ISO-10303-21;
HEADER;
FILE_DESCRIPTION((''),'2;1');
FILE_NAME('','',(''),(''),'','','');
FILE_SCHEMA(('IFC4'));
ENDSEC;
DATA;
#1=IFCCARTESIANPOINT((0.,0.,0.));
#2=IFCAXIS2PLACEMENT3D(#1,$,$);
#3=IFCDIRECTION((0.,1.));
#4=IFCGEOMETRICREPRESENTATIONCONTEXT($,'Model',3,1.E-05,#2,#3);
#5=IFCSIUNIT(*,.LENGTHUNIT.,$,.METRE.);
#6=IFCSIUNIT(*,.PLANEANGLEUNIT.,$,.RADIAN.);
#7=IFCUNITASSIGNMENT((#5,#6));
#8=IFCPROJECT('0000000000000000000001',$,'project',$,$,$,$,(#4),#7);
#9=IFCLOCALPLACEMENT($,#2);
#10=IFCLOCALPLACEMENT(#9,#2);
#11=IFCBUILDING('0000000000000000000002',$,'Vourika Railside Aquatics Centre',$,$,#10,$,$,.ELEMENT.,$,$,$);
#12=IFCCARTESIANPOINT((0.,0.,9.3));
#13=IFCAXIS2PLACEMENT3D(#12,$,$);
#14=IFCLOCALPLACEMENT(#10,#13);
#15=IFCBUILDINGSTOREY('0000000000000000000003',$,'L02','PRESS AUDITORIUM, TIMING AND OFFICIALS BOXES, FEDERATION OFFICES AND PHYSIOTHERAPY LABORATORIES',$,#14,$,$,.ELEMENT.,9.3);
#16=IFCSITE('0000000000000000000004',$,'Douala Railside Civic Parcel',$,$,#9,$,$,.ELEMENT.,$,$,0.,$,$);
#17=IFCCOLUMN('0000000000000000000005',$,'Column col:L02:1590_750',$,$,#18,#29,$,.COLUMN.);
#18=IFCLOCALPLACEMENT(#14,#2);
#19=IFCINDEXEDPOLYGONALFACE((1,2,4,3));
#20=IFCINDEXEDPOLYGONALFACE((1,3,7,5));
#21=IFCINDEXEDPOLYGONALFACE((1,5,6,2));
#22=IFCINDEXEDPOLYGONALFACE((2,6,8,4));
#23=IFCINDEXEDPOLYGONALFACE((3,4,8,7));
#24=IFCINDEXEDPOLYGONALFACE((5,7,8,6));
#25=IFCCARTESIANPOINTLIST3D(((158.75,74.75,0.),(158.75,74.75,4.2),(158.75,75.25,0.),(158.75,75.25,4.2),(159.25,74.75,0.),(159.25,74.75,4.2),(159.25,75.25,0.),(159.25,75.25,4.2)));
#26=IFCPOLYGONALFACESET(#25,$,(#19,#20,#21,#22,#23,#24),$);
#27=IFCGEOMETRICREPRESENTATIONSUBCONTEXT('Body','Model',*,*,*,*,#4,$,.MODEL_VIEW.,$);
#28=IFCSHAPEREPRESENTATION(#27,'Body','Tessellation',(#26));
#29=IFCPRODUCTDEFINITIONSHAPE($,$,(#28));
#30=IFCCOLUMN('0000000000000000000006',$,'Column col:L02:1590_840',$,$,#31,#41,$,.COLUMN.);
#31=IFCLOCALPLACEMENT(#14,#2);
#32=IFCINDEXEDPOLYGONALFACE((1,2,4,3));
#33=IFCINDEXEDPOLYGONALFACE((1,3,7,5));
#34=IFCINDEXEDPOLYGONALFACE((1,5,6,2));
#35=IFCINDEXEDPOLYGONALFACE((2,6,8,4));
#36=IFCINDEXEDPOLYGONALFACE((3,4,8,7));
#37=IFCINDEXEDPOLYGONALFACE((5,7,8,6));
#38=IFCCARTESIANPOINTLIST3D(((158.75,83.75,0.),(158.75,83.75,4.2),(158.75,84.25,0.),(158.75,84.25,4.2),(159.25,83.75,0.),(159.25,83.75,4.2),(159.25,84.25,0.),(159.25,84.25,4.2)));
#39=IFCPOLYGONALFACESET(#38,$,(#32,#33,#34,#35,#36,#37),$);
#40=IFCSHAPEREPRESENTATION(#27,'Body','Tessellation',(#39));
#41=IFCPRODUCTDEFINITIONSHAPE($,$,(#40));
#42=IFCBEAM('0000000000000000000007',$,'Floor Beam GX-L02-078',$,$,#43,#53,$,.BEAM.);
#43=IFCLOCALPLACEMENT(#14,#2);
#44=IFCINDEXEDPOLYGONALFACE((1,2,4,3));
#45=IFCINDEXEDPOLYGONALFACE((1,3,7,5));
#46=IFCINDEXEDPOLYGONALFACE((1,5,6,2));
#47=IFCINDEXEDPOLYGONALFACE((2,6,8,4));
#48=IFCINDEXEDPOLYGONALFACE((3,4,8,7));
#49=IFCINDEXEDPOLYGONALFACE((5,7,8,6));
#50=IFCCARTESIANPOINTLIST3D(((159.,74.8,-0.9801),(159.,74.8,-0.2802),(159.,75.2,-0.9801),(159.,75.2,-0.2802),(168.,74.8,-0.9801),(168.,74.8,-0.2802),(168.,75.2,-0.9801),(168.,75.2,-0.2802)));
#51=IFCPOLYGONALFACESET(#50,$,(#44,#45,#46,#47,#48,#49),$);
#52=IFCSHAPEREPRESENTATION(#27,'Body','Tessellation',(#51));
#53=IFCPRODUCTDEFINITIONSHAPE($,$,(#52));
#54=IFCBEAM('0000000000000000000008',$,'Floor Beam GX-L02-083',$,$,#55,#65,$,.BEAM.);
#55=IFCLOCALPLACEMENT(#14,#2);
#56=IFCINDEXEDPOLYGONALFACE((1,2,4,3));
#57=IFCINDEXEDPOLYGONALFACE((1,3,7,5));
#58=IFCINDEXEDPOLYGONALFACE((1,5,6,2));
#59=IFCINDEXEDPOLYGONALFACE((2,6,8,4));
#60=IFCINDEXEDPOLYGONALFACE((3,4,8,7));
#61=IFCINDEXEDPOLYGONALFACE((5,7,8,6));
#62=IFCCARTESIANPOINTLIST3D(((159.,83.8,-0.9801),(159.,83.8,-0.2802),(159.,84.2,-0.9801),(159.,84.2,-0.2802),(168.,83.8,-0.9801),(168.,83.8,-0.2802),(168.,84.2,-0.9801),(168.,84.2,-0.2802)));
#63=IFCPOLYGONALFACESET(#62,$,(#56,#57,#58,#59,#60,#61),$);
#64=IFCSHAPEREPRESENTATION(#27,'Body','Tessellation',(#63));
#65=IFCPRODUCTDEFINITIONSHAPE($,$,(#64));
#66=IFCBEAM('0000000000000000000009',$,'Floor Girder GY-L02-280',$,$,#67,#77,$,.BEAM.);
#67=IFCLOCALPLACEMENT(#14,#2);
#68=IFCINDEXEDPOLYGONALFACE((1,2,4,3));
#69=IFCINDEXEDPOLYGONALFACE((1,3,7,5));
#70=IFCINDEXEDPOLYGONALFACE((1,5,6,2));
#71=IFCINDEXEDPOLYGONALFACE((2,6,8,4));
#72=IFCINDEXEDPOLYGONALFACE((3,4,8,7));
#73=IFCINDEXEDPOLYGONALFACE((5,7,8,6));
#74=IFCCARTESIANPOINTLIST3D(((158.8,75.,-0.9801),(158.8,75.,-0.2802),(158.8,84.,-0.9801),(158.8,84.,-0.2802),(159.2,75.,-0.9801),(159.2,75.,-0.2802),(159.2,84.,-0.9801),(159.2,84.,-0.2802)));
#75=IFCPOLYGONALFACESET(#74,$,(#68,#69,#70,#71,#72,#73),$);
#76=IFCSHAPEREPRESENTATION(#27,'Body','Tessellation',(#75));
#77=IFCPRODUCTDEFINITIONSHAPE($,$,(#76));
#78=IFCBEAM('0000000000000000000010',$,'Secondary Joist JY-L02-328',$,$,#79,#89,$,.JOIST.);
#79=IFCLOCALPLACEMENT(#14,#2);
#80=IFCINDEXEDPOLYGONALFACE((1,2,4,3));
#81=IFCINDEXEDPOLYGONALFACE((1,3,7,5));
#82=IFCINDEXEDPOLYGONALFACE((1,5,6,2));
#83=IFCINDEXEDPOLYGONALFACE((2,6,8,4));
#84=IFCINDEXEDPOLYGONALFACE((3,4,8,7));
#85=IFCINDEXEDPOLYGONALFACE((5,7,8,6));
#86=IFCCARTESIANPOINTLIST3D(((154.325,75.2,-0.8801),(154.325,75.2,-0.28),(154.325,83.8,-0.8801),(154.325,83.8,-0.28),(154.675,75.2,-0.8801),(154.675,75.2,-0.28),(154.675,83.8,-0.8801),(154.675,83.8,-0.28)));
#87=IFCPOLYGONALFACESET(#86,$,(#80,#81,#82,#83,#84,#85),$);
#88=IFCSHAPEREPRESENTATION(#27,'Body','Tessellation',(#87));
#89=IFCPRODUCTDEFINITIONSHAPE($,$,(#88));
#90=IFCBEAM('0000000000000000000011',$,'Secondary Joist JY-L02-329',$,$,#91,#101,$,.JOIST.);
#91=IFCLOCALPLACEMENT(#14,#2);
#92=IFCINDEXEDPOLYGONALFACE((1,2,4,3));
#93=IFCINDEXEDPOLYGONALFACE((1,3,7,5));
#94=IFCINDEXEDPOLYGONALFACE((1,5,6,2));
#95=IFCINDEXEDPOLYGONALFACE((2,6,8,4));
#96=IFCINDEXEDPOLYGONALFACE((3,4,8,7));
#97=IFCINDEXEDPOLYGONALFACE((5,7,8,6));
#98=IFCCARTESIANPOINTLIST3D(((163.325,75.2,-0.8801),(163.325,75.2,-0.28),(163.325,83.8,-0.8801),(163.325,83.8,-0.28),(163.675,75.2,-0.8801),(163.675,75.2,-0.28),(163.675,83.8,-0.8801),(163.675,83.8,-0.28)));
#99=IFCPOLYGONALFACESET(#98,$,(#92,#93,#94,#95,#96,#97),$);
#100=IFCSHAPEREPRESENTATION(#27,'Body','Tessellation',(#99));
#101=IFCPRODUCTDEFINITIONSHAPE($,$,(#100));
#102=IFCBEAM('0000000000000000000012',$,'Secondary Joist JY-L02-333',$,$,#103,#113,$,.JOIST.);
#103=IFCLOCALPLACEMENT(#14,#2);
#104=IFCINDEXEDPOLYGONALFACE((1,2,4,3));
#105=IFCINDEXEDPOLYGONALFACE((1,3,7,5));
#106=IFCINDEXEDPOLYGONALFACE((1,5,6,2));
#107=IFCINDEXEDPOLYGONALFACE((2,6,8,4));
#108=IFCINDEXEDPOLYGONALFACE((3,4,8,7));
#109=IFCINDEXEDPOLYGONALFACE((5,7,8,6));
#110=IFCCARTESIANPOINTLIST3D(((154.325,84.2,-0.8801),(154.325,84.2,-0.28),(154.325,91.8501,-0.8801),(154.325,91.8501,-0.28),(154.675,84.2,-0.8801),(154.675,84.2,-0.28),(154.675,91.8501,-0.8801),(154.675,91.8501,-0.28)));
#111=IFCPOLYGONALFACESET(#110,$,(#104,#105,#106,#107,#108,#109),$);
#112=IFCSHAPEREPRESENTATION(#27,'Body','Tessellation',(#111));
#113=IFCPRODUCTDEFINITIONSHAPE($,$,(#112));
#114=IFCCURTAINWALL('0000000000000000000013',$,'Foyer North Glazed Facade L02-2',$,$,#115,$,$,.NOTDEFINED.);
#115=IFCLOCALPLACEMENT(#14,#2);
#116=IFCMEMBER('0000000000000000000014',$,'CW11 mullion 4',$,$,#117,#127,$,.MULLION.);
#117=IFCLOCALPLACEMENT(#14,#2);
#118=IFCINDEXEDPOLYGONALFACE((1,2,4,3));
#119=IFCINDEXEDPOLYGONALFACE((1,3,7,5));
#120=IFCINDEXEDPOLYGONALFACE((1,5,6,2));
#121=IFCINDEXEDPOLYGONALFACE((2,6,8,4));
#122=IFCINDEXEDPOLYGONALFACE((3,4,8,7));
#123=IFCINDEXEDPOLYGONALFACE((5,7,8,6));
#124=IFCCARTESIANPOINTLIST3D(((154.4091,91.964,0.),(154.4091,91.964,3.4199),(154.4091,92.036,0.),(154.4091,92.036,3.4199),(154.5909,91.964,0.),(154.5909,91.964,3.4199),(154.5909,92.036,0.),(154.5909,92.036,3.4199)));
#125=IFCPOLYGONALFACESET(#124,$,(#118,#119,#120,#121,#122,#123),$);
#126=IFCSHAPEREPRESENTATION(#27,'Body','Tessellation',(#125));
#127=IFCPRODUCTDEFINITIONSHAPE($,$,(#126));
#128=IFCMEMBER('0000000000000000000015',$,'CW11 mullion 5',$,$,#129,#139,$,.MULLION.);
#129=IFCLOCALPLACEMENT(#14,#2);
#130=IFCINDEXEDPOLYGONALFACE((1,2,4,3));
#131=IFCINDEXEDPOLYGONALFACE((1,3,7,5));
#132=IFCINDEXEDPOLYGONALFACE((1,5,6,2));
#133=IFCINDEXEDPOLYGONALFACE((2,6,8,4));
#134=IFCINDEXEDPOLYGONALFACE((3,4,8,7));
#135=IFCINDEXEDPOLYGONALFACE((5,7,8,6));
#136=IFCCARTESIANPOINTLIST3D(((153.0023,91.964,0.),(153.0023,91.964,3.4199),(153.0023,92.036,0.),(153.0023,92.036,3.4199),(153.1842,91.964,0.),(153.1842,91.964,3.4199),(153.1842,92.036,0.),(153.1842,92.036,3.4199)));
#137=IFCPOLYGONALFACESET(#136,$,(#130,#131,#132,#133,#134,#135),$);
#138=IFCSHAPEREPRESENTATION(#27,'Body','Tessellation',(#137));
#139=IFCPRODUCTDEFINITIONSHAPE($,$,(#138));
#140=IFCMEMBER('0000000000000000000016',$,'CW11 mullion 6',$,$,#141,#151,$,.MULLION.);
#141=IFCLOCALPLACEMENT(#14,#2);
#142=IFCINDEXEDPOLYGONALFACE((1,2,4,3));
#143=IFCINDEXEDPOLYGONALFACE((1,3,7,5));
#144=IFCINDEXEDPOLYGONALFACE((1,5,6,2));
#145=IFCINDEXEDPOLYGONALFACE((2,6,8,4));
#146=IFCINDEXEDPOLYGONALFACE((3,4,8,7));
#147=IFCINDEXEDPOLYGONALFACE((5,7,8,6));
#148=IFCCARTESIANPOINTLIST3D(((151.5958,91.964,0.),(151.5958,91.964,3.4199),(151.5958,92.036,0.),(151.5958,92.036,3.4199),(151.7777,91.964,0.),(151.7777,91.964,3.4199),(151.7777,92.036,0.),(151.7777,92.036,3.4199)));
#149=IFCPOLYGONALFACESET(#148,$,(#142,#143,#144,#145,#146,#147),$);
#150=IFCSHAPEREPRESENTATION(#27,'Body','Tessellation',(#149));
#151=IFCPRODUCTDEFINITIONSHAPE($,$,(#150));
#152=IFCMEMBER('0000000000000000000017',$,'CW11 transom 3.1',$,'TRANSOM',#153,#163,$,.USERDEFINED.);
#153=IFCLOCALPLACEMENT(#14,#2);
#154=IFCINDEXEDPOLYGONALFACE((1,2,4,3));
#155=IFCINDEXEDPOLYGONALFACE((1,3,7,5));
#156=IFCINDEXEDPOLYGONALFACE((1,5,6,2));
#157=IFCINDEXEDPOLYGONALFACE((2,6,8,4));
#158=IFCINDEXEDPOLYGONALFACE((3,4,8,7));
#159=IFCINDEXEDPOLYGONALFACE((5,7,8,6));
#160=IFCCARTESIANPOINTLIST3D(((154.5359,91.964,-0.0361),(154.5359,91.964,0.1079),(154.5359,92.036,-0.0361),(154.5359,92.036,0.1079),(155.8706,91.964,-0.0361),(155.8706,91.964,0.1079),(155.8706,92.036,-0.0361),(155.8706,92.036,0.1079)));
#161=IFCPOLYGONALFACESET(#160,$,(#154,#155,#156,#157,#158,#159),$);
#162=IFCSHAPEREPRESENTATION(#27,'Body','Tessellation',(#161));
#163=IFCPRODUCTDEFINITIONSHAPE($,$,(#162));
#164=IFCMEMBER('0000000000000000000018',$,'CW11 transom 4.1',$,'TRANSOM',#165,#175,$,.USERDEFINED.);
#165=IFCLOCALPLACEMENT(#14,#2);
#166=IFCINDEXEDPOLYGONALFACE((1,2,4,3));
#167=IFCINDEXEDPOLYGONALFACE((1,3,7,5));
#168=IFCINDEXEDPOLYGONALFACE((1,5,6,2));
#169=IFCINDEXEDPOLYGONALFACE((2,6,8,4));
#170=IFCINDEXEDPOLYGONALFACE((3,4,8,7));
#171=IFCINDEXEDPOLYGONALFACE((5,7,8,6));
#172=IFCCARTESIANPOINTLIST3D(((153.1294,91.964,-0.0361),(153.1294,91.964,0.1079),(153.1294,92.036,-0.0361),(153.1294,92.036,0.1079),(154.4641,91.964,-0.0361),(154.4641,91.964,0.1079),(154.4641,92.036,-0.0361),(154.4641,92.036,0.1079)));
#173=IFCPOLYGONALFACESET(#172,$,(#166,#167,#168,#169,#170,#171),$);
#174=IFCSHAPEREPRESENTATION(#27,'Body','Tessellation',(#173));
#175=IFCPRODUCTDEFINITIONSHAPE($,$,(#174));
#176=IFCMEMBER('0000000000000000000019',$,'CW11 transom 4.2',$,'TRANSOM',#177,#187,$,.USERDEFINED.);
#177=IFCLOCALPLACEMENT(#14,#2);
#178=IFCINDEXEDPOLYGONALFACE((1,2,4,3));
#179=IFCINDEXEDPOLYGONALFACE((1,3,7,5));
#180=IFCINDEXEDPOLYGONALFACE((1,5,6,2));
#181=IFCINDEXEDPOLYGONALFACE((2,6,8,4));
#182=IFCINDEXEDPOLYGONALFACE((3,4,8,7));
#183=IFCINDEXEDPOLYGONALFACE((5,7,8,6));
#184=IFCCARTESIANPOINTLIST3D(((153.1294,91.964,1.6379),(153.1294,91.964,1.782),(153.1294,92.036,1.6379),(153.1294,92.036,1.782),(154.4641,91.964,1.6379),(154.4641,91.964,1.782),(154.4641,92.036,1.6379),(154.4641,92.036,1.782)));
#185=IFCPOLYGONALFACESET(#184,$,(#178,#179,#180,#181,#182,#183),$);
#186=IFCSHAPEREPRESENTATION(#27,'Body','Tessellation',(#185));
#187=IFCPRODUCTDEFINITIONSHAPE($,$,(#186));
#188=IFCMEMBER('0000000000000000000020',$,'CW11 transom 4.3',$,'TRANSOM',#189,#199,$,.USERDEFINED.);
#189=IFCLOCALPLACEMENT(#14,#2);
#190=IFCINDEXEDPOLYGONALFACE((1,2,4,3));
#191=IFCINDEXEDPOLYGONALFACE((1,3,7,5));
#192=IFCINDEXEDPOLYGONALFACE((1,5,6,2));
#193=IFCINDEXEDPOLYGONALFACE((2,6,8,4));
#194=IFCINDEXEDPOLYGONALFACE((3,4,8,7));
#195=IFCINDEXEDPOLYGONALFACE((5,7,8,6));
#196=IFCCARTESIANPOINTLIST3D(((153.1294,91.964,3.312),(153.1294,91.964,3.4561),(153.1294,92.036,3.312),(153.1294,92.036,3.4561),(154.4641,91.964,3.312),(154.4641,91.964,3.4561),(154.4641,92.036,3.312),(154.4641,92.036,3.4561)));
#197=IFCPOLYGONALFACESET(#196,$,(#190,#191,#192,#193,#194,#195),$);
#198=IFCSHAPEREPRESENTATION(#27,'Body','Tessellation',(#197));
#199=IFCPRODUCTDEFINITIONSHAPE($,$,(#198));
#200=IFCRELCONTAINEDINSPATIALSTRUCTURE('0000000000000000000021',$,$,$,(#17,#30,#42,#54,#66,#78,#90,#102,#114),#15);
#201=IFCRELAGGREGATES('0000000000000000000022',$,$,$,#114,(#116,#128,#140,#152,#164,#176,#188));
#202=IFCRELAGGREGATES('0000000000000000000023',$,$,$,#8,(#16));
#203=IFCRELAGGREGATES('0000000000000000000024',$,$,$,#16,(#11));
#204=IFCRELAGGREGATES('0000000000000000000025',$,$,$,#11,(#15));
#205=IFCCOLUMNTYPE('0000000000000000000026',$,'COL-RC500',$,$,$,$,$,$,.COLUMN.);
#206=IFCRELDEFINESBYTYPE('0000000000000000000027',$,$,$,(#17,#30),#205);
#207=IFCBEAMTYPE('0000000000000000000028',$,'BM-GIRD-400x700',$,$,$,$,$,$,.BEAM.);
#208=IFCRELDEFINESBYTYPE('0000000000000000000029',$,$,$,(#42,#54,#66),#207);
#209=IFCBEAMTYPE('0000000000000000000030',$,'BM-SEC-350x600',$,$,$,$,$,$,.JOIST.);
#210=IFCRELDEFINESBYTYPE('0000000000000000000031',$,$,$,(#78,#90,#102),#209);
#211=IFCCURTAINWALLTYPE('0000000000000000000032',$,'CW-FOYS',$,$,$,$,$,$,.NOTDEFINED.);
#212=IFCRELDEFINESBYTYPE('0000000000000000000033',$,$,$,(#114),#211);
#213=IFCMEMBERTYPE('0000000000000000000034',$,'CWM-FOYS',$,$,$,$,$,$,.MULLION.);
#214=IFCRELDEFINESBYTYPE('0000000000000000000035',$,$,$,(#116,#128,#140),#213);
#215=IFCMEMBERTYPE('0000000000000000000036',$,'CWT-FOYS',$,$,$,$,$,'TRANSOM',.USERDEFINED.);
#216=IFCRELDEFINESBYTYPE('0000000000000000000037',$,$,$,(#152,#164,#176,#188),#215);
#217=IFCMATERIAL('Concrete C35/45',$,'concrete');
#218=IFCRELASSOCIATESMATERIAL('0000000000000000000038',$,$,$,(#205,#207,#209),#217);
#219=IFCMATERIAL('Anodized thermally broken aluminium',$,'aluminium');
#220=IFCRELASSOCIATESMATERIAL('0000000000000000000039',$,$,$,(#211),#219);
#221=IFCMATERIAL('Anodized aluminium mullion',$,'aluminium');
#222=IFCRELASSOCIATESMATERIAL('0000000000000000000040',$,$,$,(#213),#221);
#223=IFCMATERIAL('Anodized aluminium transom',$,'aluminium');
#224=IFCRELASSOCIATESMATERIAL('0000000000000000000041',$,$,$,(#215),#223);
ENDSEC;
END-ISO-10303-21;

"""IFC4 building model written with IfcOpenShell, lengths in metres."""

from ifc_helpers import new_model, si_unit, direction, frame, origin, origin_2d, place, context, subcontext, project, spatial, rectangle, extrude, material, material_profile, profile_set, type_object, element, aggregate, save


model = new_model("IFC4")

# Units and contexts
model_context = context("Model", 3, precision=1e-05, world=origin(), true_north=direction((0.0, 1.0)))
body_context = subcontext(model_context, "Body", "Model", "MODEL_VIEW")
ifc_project = project(units=[si_unit("LENGTHUNIT", "METRE"), si_unit("PLANEANGLEUNIT", "RADIAN")], contexts=[model_context])

# Site, building, storey
site_placement = place(None, origin())
site = spatial("IfcSite", under=ifc_project, at=site_placement, Name="Douala Railside Civic Parcel", CompositionType="ELEMENT", RefElevation=0.0)
building_placement = place(site_placement, origin())
building = spatial("IfcBuilding", under=site, at=building_placement, Name="Vourika Railside Aquatics Centre", CompositionType="ELEMENT")
storey_placement = place(building_placement, frame((0.0, 0.0, 9.3)))
storey = spatial("IfcBuildingStorey", under=building, at=storey_placement, Name="L02", Description="PRESS AUDITORIUM, TIMING AND OFFICIALS BOXES, FEDERATION OFFICES AND PHYSIOTHERAPY LABORATORIES", CompositionType="ELEMENT", Elevation=9.3)

# Columns
ifc_material_1 = material(Name="Concrete C35/45", Category="concrete")
ifc_material_profile_1 = material_profile(ifc_material_1, rectangle(XDim=0.5, YDim=0.5, at=origin_2d()), Name="RC 500x500")
ifc_profile_set_1 = profile_set([ifc_material_profile_1], Name="Concrete C35/45")
column_type = type_object("IfcColumnType", Name="COL-RC500", PredefinedType="COLUMN", material=ifc_profile_set_1)
for number, where, z_axis, x_axis, name in (
    (1, (159.0, 75.0, 0.0), (0.0, 0.0, 1.0), (1.0, 0.0, 0.0), "Column col:L02:1590_750"),
    (2, (159.0, 84.0, 0.0), (0.0, 0.0, 1.0), (1.0, 0.0, 0.0), "Column col:L02:1590_840"),
):
    element("IfcColumn", number, at=place(storey_placement, frame(where, z_axis=z_axis, x_axis=x_axis)), inside=storey, type_object=column_type, Name=name, PredefinedType="COLUMN", context=body_context, shape_type="SweptSolid", body=[
        extrude(rectangle(XDim=0.5, YDim=0.5, at=origin_2d()), origin(), (0.0, 0.0, 1.0), 4.2),
    ])

# Beams
ifc_material_profile_2 = material_profile(ifc_material_1, rectangle(XDim=0.3999, YDim=0.7, at=origin_2d()), Name="RC 400x700")
ifc_profile_set_2 = profile_set([ifc_material_profile_2], Name="Concrete C35/45")
beam_type_1 = type_object("IfcBeamType", Name="BM-GIRD-400x700", PredefinedType="BEAM", material=ifc_profile_set_2)
for number, where, z_axis, x_axis, name in (
    (3, (159.0, 75.0, -0.6301), (1.0, 0.0, 0.0), (0.0, 1.0, 0.0), "Floor Beam GX-L02-078"),
    (4, (159.0, 84.0, -0.6301), (1.0, 0.0, 0.0), (0.0, 1.0, 0.0), "Floor Beam GX-L02-083"),
    (5, (159.0, 75.0, -0.6301), (0.0, 1.0, 0.0), (-1.0, 0.0, 0.0), "Floor Girder GY-L02-280"),
):
    element("IfcBeam", number, at=place(storey_placement, frame(where, z_axis=z_axis, x_axis=x_axis)), inside=storey, type_object=beam_type_1, Name=name, PredefinedType="BEAM", context=body_context, shape_type="SweptSolid", body=[
        extrude(rectangle(XDim=0.3999, YDim=0.7, at=origin_2d()), origin(), (0.0, 0.0, 1.0), 9.0),
    ])
ifc_material_profile_3 = material_profile(ifc_material_1, rectangle(XDim=0.3501, YDim=0.6001, at=origin_2d()), Name="RC 350x600")
ifc_profile_set_3 = profile_set([ifc_material_profile_3], Name="Concrete C35/45")
beam_type_2 = type_object("IfcBeamType", Name="BM-SEC-350x600", PredefinedType="JOIST", material=ifc_profile_set_3)
for number, where, z_axis, x_axis, name in (
    (6, (154.5, 75.2, -0.5801), (0.0, 1.0, 0.0), (-1.0, 0.0, 0.0), "Secondary Joist JY-L02-328"),
    (7, (163.5, 75.2, -0.5801), (0.0, 1.0, 0.0), (-1.0, 0.0, 0.0), "Secondary Joist JY-L02-329"),
):
    element("IfcBeam", number, at=place(storey_placement, frame(where, z_axis=z_axis, x_axis=x_axis)), inside=storey, type_object=beam_type_2, Name=name, PredefinedType="JOIST", context=body_context, shape_type="SweptSolid", body=[
        extrude(rectangle(XDim=0.3501, YDim=0.6001, at=origin_2d()), origin(), (0.0, 0.0, 1.0), 8.6001),
    ])
beam_placement = place(storey_placement, frame((154.5, 84.2, -0.5801), z_axis=(0.0, 1.0, 0.0), x_axis=(-1.0, 0.0, 0.0)))
element("IfcBeam", 8, at=beam_placement, inside=storey, type_object=beam_type_2, Name="Secondary Joist JY-L02-333", PredefinedType="JOIST", context=body_context, shape_type="SweptSolid", body=[
    extrude(rectangle(XDim=0.3501, YDim=0.6001, at=origin_2d()), origin(), (0.0, 0.0, 1.0), 7.6501),
])

# Curtain wall, members
ifc_material_2 = material(Name="Anodized thermally broken aluminium", Category="aluminium")
curtain_wall_type = type_object("IfcCurtainWallType", Name="CW-FOYS", PredefinedType="NOTDEFINED", material=ifc_material_2)
curtain_wall_placement = place(storey_placement, origin())
curtain_wall = element("IfcCurtainWall", 9, at=curtain_wall_placement, inside=storey, type_object=curtain_wall_type, Name="Foyer North Glazed Facade L02-2", PredefinedType="NOTDEFINED")
ifc_material_3 = material(Name="Anodized aluminium mullion", Category="aluminium")
ifc_material_profile_4 = material_profile(ifc_material_3, rectangle(XDim=0.072, YDim=0.1819, at=origin_2d()), Name="ALU-M 72x182")
ifc_profile_set_4 = profile_set([ifc_material_profile_4], Name="Anodized aluminium mullion")
member_type_1 = type_object("IfcMemberType", Name="CWM-FOYS", PredefinedType="MULLION", material=ifc_profile_set_4)
member_1_placement = place(storey_placement, frame((154.5, 92.0, 0.0), z_axis=(0.0, 0.0, 1.0), x_axis=(0.0, -1.0, 0.0)))
member_1 = element("IfcMember", 10, at=member_1_placement, type_object=member_type_1, Name="CW11 mullion 4", PredefinedType="MULLION", context=body_context, shape_type="SweptSolid", body=[
    extrude(rectangle(XDim=0.072, YDim=0.1819, at=origin_2d()), origin(), (0.0, 0.0, 1.0), 3.4199),
])
member_2_placement = place(storey_placement, frame((153.0933, 92.0, 0.0), z_axis=(0.0, 0.0, 1.0), x_axis=(0.0, -1.0, 0.0)))
member_2 = element("IfcMember", 11, at=member_2_placement, type_object=member_type_1, Name="CW11 mullion 5", PredefinedType="MULLION", context=body_context, shape_type="SweptSolid", body=[
    extrude(rectangle(XDim=0.072, YDim=0.1819, at=origin_2d()), origin(), (0.0, 0.0, 1.0), 3.4199),
])
member_3_placement = place(storey_placement, frame((151.6868, 92.0, 0.0), z_axis=(0.0, 0.0, 1.0), x_axis=(0.0, -1.0, 0.0)))
member_3 = element("IfcMember", 12, at=member_3_placement, type_object=member_type_1, Name="CW11 mullion 6", PredefinedType="MULLION", context=body_context, shape_type="SweptSolid", body=[
    extrude(rectangle(XDim=0.072, YDim=0.1819, at=origin_2d()), origin(), (0.0, 0.0, 1.0), 3.4199),
])
ifc_material_4 = material(Name="Anodized aluminium transom", Category="aluminium")
ifc_material_profile_5 = material_profile(ifc_material_4, rectangle(XDim=0.072, YDim=0.144, at=origin_2d()), Name="ALU-T 72x144")
ifc_profile_set_5 = profile_set([ifc_material_profile_5], Name="Anodized aluminium transom")
member_type_2 = type_object("IfcMemberType", Name="CWT-FOYS", ElementType="TRANSOM", PredefinedType="USERDEFINED", material=ifc_profile_set_5)
member_4_placement = place(storey_placement, frame((155.8706, 92.0, 0.0359), z_axis=(-1.0, 0.0, 0.0), x_axis=(0.0, -1.0, 0.0)))
member_4 = element("IfcMember", 13, at=member_4_placement, type_object=member_type_2, Name="CW11 transom 3.1", ObjectType="TRANSOM", PredefinedType="USERDEFINED", context=body_context, shape_type="SweptSolid", body=[
    extrude(rectangle(XDim=0.072, YDim=0.144, at=origin_2d()), origin(), (0.0, 0.0, 1.0), 1.3347),
])
member_5_placement = place(storey_placement, frame((154.4641, 92.0, 0.0359), z_axis=(-1.0, 0.0, 0.0), x_axis=(0.0, -1.0, 0.0)))
member_5 = element("IfcMember", 14, at=member_5_placement, type_object=member_type_2, Name="CW11 transom 4.1", ObjectType="TRANSOM", PredefinedType="USERDEFINED", context=body_context, shape_type="SweptSolid", body=[
    extrude(rectangle(XDim=0.072, YDim=0.144, at=origin_2d()), origin(), (0.0, 0.0, 1.0), 1.3347),
])
member_6_placement = place(storey_placement, frame((154.4641, 92.0, 1.71), z_axis=(-1.0, 0.0, 0.0), x_axis=(0.0, -1.0, 0.0)))
member_6 = element("IfcMember", 15, at=member_6_placement, type_object=member_type_2, Name="CW11 transom 4.2", ObjectType="TRANSOM", PredefinedType="USERDEFINED", context=body_context, shape_type="SweptSolid", body=[
    extrude(rectangle(XDim=0.072, YDim=0.144, at=origin_2d()), origin(), (0.0, 0.0, 1.0), 1.3347),
])
member_7_placement = place(storey_placement, frame((154.4641, 92.0, 3.384), z_axis=(-1.0, 0.0, 0.0), x_axis=(0.0, -1.0, 0.0)))
member_7 = element("IfcMember", 16, at=member_7_placement, type_object=member_type_2, Name="CW11 transom 4.3", ObjectType="TRANSOM", PredefinedType="USERDEFINED", context=body_context, shape_type="SweptSolid", body=[
    extrude(rectangle(XDim=0.072, YDim=0.144, at=origin_2d()), origin(), (0.0, 0.0, 1.0), 1.3347),
])
aggregate(curtain_wall, [member_1, member_2, member_3, member_4, member_5, member_6, member_7])

save(model, "model.ifc")
